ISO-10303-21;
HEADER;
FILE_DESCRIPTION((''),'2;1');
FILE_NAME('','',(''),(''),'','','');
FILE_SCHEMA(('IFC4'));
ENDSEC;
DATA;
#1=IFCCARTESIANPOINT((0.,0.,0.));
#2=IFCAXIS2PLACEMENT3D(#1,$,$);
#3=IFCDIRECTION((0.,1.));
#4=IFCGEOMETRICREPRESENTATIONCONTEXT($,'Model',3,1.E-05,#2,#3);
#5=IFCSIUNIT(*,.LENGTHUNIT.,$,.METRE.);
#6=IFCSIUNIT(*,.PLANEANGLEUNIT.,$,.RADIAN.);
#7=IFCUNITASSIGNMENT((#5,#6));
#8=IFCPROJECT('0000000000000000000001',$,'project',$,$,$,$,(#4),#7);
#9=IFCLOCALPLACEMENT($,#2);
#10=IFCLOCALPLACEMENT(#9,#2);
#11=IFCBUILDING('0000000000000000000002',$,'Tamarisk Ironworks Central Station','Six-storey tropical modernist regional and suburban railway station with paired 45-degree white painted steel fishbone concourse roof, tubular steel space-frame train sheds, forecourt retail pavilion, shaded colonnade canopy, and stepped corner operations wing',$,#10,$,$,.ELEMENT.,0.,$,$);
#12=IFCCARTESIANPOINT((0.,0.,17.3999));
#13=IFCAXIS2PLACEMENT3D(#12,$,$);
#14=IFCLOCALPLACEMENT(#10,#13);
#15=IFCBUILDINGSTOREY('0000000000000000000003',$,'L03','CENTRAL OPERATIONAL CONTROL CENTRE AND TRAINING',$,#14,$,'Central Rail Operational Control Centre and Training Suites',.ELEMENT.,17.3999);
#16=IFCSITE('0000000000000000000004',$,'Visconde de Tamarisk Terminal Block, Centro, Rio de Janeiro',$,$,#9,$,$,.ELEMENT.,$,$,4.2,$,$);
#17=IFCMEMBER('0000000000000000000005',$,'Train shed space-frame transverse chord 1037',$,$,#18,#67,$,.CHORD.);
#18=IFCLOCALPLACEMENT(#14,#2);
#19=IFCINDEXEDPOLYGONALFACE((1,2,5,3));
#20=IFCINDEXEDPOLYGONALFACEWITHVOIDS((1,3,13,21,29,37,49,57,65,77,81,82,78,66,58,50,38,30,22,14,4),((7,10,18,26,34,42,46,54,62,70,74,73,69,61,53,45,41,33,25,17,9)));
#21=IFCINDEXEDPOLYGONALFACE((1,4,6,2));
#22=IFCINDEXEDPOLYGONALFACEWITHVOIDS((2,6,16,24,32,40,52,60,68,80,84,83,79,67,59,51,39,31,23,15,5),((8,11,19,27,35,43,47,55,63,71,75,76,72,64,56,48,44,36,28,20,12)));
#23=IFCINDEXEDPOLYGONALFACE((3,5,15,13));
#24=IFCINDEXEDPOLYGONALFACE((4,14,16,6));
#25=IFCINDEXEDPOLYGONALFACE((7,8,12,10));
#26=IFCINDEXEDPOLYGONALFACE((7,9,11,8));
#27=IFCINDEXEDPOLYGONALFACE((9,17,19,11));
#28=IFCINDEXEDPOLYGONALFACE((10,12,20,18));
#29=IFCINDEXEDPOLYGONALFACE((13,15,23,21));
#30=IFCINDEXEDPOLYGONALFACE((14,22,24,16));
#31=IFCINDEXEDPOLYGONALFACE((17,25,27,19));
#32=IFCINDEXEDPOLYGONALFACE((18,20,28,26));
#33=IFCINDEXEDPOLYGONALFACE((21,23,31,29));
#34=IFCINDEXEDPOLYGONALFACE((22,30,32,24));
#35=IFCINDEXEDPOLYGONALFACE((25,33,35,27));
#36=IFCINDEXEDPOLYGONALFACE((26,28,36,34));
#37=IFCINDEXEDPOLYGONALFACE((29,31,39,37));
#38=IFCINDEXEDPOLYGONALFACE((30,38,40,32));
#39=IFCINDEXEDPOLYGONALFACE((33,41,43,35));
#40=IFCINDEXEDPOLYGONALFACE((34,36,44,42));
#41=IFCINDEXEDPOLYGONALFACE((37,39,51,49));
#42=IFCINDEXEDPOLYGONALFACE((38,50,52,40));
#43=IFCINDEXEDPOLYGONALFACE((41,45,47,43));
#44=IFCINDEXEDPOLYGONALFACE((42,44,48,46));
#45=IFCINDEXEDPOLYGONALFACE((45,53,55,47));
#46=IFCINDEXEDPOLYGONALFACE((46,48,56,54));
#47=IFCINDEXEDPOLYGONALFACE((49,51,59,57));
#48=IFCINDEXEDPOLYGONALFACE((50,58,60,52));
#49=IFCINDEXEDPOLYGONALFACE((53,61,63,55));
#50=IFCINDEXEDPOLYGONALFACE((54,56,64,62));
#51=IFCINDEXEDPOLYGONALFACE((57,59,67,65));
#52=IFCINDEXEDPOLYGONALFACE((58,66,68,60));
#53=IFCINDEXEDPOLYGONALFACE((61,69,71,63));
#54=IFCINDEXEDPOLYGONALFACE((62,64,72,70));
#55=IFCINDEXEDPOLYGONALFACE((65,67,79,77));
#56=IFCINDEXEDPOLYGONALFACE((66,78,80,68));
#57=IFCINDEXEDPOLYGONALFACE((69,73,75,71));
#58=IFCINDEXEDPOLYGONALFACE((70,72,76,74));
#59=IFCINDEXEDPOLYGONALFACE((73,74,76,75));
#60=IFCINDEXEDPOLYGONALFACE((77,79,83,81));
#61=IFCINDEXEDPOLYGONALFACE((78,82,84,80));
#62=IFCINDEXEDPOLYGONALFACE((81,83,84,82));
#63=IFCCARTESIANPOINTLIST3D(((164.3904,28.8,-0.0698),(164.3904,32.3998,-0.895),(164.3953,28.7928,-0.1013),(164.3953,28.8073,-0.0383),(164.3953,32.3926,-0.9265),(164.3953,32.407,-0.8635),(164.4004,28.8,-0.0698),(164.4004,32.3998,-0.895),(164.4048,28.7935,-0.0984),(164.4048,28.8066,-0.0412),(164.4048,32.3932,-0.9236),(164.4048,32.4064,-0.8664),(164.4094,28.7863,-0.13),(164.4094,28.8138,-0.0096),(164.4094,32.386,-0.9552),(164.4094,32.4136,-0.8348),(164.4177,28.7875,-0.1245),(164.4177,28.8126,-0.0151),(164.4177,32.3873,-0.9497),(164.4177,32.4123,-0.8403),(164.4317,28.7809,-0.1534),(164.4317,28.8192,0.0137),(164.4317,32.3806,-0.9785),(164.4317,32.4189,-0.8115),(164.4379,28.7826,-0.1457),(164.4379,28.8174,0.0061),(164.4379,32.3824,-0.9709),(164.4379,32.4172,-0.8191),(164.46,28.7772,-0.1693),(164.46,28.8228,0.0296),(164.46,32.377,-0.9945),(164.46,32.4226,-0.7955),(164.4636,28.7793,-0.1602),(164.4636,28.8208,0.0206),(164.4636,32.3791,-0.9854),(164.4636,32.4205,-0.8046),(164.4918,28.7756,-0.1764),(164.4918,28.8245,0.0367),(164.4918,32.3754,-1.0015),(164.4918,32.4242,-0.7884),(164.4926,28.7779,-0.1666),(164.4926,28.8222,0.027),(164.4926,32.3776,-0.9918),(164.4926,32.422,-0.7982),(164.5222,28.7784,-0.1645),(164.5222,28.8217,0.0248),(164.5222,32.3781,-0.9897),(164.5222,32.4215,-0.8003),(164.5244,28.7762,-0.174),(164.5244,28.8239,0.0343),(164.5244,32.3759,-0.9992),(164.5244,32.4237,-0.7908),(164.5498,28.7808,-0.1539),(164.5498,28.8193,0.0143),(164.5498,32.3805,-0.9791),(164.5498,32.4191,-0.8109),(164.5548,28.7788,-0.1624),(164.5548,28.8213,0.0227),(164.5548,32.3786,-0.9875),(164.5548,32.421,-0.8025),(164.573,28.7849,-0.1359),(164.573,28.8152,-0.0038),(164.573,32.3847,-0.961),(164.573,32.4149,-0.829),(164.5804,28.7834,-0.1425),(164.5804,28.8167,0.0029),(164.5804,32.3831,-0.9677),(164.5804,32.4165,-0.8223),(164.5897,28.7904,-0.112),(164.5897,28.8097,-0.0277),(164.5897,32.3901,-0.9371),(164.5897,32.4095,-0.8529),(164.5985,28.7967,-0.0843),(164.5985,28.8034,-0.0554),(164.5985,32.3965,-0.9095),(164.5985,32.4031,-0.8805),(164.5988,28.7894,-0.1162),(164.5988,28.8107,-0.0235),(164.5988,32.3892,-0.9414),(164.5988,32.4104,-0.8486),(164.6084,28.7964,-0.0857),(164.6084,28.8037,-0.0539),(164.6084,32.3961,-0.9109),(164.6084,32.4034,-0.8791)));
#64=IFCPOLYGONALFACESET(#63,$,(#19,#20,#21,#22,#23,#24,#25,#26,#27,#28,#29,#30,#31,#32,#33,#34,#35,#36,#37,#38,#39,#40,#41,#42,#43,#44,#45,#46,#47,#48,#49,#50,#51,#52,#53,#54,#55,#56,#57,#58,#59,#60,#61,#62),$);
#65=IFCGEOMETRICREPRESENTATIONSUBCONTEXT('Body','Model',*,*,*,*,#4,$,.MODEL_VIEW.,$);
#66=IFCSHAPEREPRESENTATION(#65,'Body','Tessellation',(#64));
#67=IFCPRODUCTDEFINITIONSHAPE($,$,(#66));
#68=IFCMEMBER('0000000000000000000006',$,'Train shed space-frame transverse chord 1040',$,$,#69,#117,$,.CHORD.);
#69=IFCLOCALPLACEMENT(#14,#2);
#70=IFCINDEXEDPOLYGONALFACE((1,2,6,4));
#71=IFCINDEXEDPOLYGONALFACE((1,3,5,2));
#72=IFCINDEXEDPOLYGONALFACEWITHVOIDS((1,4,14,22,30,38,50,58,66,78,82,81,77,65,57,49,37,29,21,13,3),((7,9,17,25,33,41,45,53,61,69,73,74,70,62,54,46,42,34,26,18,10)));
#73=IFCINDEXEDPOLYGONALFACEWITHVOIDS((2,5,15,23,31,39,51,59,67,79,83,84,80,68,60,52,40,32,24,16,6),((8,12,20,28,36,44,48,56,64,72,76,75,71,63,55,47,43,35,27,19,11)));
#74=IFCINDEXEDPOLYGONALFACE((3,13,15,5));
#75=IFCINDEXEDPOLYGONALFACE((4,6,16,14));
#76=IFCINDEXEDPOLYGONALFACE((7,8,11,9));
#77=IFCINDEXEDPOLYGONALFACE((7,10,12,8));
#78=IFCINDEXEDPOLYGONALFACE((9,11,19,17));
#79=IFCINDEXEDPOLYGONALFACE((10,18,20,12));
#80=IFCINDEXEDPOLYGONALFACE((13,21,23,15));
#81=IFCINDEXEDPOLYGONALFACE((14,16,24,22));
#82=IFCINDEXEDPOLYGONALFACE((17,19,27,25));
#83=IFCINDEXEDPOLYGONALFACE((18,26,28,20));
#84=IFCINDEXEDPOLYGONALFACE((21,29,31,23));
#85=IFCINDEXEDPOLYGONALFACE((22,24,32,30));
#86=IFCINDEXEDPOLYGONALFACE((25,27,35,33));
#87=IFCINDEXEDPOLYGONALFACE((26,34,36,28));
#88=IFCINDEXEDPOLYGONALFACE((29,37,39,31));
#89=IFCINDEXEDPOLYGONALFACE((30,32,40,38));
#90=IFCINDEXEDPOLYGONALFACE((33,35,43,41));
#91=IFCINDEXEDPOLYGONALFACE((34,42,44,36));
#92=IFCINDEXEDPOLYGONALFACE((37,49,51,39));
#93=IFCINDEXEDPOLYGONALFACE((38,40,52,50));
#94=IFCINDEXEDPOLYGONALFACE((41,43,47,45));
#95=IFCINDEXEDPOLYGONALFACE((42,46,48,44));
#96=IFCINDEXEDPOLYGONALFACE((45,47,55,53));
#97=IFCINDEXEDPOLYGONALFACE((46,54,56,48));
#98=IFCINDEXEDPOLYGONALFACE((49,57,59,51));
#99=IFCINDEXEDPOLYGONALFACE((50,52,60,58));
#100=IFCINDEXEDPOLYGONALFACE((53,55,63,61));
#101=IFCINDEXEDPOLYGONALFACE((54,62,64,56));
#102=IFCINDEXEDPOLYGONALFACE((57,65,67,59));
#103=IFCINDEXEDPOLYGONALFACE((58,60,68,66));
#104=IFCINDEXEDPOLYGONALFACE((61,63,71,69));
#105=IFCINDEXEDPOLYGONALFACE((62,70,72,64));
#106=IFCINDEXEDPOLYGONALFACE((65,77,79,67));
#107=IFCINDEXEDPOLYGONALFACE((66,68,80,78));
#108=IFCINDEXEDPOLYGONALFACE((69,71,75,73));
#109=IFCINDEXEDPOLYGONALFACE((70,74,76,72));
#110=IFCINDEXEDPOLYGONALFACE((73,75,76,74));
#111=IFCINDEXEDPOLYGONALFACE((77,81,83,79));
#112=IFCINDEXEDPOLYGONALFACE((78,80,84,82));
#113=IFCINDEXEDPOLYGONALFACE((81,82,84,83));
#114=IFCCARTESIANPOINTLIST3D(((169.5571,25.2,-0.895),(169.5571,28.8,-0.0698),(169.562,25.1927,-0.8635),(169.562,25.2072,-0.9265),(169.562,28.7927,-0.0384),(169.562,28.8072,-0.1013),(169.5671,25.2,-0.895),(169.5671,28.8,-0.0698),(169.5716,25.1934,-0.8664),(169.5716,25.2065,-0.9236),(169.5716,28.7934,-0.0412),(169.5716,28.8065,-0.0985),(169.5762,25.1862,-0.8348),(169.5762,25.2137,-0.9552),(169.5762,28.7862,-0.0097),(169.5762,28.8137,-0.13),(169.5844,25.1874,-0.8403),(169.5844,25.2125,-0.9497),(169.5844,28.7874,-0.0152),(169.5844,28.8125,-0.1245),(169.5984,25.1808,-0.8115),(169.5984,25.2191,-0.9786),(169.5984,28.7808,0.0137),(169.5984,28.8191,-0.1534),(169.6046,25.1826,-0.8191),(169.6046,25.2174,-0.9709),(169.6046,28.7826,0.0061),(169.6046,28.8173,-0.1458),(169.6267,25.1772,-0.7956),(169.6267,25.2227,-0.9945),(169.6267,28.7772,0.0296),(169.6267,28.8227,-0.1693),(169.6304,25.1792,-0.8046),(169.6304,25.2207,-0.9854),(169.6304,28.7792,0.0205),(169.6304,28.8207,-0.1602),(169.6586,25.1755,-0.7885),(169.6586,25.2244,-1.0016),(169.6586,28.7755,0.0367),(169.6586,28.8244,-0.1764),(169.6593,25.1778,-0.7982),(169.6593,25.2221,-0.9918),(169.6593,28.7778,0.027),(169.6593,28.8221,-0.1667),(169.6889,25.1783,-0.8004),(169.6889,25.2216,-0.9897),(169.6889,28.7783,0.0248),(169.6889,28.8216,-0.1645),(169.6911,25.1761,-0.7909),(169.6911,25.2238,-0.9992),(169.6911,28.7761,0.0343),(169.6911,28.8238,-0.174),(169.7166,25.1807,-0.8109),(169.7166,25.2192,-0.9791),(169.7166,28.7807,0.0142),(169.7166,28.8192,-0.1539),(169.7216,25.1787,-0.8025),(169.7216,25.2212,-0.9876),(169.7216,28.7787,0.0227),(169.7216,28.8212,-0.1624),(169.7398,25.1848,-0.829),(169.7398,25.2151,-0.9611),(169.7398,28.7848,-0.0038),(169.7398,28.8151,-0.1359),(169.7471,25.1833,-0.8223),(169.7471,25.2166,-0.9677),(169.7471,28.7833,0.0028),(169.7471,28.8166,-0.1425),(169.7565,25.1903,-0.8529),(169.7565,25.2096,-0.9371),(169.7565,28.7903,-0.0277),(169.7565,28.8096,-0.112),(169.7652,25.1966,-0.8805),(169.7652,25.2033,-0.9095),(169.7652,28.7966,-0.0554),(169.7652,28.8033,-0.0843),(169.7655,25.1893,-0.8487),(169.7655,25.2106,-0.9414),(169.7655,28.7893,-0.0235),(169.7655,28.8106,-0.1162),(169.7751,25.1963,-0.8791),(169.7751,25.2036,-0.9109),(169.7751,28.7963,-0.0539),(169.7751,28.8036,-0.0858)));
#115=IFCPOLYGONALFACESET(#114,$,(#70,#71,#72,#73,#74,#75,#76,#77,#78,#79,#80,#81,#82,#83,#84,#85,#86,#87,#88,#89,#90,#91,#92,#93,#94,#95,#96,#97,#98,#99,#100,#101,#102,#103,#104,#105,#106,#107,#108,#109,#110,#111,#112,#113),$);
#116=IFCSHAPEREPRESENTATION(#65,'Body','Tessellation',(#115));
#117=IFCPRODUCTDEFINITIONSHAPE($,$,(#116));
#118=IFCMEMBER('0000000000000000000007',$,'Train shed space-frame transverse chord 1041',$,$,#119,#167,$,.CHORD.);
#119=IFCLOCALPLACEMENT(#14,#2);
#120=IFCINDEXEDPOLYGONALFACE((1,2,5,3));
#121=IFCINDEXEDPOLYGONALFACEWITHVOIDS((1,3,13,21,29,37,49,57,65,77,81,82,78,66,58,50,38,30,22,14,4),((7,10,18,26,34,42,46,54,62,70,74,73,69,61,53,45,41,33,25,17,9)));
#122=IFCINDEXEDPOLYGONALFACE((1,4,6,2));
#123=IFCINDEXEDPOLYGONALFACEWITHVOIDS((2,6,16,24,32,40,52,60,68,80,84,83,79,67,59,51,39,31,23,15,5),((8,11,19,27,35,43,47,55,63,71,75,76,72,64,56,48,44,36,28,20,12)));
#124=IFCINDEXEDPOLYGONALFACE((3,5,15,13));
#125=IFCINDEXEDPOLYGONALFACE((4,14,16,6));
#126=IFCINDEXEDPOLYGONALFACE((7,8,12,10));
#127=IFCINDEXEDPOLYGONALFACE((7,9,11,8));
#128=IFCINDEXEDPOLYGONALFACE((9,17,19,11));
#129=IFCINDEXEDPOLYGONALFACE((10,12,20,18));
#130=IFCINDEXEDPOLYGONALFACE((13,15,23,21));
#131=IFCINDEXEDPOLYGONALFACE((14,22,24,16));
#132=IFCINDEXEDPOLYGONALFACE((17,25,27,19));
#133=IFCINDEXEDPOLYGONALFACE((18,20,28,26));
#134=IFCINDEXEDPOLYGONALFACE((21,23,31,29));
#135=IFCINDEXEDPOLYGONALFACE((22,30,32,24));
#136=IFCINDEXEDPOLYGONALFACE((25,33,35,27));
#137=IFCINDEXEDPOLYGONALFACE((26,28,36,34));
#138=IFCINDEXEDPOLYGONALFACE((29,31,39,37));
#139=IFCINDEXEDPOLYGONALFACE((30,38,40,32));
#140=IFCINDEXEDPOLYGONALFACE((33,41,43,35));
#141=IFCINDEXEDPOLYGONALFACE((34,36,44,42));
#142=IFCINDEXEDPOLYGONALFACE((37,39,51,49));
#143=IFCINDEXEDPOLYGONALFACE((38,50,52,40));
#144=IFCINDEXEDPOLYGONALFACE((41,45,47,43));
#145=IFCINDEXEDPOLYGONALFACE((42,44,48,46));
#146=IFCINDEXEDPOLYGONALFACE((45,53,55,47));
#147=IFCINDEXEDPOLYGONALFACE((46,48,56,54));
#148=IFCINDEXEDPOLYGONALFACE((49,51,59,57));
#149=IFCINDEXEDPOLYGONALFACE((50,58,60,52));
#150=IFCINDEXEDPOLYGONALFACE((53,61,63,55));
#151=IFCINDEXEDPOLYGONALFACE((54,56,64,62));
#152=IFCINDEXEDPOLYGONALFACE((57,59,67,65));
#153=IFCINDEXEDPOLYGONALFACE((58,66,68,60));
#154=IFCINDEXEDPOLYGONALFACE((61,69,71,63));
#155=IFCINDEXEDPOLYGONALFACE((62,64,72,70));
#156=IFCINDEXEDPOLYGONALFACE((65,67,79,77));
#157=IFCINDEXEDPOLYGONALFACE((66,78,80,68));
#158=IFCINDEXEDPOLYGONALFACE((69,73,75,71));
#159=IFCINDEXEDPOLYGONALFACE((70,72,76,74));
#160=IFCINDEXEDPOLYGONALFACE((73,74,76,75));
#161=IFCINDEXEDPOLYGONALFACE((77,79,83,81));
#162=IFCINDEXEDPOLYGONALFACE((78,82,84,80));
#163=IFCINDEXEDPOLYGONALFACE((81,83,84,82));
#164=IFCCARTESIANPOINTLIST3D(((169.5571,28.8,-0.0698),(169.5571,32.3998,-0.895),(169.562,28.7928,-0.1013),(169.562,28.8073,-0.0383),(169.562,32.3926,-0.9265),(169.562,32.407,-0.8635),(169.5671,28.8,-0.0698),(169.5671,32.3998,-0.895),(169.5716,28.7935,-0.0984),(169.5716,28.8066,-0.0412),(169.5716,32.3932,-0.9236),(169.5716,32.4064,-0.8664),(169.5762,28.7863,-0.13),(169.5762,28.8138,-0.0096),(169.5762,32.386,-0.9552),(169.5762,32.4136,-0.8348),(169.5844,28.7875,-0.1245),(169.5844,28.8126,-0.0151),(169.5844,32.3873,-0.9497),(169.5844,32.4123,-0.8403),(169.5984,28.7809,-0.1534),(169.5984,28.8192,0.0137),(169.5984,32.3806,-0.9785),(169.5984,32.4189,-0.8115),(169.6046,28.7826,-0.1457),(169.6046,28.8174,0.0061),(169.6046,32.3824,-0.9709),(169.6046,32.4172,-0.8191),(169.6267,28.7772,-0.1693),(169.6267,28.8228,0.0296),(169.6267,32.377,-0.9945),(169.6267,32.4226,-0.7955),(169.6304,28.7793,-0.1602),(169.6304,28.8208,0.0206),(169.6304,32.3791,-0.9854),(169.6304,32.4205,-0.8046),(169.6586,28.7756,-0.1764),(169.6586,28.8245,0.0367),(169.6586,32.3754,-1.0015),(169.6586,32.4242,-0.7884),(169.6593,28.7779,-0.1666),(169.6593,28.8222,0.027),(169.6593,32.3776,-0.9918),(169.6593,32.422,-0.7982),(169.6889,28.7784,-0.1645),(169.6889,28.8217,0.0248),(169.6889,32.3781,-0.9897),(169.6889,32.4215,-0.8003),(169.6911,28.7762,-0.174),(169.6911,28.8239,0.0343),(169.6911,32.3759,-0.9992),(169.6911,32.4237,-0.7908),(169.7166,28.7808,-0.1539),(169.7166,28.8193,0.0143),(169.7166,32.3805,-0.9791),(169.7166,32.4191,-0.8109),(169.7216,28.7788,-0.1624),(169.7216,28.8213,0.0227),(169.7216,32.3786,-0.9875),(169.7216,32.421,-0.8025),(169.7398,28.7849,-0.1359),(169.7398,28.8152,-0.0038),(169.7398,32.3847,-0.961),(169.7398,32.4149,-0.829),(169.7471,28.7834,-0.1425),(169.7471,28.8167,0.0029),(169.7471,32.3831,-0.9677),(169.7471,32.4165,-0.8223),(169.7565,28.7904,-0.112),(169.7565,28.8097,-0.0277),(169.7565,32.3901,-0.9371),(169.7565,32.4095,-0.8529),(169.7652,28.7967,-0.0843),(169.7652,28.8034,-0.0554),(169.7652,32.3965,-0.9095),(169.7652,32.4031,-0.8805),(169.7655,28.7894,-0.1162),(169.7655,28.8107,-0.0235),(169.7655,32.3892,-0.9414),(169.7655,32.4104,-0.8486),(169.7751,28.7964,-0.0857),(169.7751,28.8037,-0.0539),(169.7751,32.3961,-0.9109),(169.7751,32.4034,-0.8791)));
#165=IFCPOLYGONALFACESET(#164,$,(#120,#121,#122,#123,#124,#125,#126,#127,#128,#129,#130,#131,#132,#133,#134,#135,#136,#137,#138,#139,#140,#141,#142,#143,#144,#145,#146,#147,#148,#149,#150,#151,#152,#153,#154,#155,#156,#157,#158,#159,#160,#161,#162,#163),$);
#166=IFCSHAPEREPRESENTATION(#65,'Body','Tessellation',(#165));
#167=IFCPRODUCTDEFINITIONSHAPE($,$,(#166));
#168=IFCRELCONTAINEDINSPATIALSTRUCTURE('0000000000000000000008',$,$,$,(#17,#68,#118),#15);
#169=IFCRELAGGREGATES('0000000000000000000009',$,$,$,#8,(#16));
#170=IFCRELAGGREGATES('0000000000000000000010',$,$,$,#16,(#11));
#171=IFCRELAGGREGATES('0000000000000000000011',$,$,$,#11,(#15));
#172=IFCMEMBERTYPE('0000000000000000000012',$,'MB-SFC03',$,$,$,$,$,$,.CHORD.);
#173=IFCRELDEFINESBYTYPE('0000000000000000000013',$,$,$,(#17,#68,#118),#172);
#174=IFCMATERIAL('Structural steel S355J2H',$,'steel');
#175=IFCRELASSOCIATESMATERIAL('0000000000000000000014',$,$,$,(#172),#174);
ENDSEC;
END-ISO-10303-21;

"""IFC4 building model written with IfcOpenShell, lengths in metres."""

from ifc_helpers import new_model, si_unit, direction, frame, origin, origin_2d, place, context, subcontext, project, spatial, hollow_circle, extrude, material, material_profile, profile_set, type_object, element, save


model = new_model("IFC4")

# Units and contexts
model_context = context("Model", 3, precision=1e-05, world=origin(), true_north=direction((0.0, 1.0)))
body_context = subcontext(model_context, "Body", "Model", "MODEL_VIEW")
ifc_project = project(units=[si_unit("LENGTHUNIT", "METRE"), si_unit("PLANEANGLEUNIT", "RADIAN")], contexts=[model_context])

# Site, building, storey
site_placement = place(None, origin())
site = spatial("IfcSite", under=ifc_project, at=site_placement, Name="Visconde de Tamarisk Terminal Block, Centro, Rio de Janeiro", CompositionType="ELEMENT", RefElevation=4.2)
building_placement = place(site_placement, origin())
building = spatial("IfcBuilding", under=site, at=building_placement, Name="Tamarisk Ironworks Central Station", Description="Six-storey tropical modernist regional and suburban railway station with paired 45-degree white painted steel fishbone concourse roof, tubular steel space-frame train sheds, forecourt retail pavilion, shaded colonnade canopy, and stepped corner operations wing", CompositionType="ELEMENT", ElevationOfRefHeight=0.0)
storey_placement = place(building_placement, frame((0.0, 0.0, 17.3999)))
storey = spatial("IfcBuildingStorey", under=building, at=storey_placement, Name="L03", Description="CENTRAL OPERATIONAL CONTROL CENTRE AND TRAINING", LongName="Central Rail Operational Control Centre and Training Suites", CompositionType="ELEMENT", Elevation=17.3999)

# Members
ifc_material = material(Name="Structural steel S355J2H", Category="steel")
ifc_material_profile_1 = material_profile(ifc_material, hollow_circle(Radius=0.1096, WallThickness=0.01, at=origin_2d()), Name="CHS 219.1x10")
ifc_profile_set_1 = profile_set([ifc_material_profile_1], Name="Structural steel S355J2H")
member_type_1 = type_object("IfcMemberType", Name="MB-SFC03", PredefinedType="CHORD", material=ifc_profile_set_1)
member_1_placement = place(storey_placement, frame((164.5, 28.8, -0.0698), z_axis=(0.0, 0.974719, -0.223435), x_axis=(-1.0, 0.0, 0.0)))
element("IfcMember", 1, at=member_1_placement, inside=storey, type_object=member_type_1, Name="Train shed space-frame transverse chord 1037", PredefinedType="CHORD", context=body_context, shape_type="SweptSolid", body=[
    extrude(hollow_circle(Radius=0.1096, WallThickness=0.01, at=origin_2d()), origin(), (0.0, 0.0, 1.0), 3.6931),
])
member_2_placement = place(storey_placement, frame((169.6667, 25.2, -0.895), z_axis=(0.0, 0.974722, 0.223421), x_axis=(-1.0, 0.0, 0.0)))
element("IfcMember", 2, at=member_2_placement, inside=storey, type_object=member_type_1, Name="Train shed space-frame transverse chord 1040", PredefinedType="CHORD", context=body_context, shape_type="SweptSolid", body=[
    extrude(hollow_circle(Radius=0.1096, WallThickness=0.01, at=origin_2d()), origin(), (0.0, 0.0, 1.0), 3.6934),
])
member_3_placement = place(storey_placement, frame((169.6667, 28.8, -0.0698), z_axis=(0.0, 0.974719, -0.223435), x_axis=(-1.0, 0.0, 0.0)))
element("IfcMember", 3, at=member_3_placement, inside=storey, type_object=member_type_1, Name="Train shed space-frame transverse chord 1041", PredefinedType="CHORD", context=body_context, shape_type="SweptSolid", body=[
    extrude(hollow_circle(Radius=0.1096, WallThickness=0.01, at=origin_2d()), origin(), (0.0, 0.0, 1.0), 3.6931),
])

save(model, "model.ifc")
